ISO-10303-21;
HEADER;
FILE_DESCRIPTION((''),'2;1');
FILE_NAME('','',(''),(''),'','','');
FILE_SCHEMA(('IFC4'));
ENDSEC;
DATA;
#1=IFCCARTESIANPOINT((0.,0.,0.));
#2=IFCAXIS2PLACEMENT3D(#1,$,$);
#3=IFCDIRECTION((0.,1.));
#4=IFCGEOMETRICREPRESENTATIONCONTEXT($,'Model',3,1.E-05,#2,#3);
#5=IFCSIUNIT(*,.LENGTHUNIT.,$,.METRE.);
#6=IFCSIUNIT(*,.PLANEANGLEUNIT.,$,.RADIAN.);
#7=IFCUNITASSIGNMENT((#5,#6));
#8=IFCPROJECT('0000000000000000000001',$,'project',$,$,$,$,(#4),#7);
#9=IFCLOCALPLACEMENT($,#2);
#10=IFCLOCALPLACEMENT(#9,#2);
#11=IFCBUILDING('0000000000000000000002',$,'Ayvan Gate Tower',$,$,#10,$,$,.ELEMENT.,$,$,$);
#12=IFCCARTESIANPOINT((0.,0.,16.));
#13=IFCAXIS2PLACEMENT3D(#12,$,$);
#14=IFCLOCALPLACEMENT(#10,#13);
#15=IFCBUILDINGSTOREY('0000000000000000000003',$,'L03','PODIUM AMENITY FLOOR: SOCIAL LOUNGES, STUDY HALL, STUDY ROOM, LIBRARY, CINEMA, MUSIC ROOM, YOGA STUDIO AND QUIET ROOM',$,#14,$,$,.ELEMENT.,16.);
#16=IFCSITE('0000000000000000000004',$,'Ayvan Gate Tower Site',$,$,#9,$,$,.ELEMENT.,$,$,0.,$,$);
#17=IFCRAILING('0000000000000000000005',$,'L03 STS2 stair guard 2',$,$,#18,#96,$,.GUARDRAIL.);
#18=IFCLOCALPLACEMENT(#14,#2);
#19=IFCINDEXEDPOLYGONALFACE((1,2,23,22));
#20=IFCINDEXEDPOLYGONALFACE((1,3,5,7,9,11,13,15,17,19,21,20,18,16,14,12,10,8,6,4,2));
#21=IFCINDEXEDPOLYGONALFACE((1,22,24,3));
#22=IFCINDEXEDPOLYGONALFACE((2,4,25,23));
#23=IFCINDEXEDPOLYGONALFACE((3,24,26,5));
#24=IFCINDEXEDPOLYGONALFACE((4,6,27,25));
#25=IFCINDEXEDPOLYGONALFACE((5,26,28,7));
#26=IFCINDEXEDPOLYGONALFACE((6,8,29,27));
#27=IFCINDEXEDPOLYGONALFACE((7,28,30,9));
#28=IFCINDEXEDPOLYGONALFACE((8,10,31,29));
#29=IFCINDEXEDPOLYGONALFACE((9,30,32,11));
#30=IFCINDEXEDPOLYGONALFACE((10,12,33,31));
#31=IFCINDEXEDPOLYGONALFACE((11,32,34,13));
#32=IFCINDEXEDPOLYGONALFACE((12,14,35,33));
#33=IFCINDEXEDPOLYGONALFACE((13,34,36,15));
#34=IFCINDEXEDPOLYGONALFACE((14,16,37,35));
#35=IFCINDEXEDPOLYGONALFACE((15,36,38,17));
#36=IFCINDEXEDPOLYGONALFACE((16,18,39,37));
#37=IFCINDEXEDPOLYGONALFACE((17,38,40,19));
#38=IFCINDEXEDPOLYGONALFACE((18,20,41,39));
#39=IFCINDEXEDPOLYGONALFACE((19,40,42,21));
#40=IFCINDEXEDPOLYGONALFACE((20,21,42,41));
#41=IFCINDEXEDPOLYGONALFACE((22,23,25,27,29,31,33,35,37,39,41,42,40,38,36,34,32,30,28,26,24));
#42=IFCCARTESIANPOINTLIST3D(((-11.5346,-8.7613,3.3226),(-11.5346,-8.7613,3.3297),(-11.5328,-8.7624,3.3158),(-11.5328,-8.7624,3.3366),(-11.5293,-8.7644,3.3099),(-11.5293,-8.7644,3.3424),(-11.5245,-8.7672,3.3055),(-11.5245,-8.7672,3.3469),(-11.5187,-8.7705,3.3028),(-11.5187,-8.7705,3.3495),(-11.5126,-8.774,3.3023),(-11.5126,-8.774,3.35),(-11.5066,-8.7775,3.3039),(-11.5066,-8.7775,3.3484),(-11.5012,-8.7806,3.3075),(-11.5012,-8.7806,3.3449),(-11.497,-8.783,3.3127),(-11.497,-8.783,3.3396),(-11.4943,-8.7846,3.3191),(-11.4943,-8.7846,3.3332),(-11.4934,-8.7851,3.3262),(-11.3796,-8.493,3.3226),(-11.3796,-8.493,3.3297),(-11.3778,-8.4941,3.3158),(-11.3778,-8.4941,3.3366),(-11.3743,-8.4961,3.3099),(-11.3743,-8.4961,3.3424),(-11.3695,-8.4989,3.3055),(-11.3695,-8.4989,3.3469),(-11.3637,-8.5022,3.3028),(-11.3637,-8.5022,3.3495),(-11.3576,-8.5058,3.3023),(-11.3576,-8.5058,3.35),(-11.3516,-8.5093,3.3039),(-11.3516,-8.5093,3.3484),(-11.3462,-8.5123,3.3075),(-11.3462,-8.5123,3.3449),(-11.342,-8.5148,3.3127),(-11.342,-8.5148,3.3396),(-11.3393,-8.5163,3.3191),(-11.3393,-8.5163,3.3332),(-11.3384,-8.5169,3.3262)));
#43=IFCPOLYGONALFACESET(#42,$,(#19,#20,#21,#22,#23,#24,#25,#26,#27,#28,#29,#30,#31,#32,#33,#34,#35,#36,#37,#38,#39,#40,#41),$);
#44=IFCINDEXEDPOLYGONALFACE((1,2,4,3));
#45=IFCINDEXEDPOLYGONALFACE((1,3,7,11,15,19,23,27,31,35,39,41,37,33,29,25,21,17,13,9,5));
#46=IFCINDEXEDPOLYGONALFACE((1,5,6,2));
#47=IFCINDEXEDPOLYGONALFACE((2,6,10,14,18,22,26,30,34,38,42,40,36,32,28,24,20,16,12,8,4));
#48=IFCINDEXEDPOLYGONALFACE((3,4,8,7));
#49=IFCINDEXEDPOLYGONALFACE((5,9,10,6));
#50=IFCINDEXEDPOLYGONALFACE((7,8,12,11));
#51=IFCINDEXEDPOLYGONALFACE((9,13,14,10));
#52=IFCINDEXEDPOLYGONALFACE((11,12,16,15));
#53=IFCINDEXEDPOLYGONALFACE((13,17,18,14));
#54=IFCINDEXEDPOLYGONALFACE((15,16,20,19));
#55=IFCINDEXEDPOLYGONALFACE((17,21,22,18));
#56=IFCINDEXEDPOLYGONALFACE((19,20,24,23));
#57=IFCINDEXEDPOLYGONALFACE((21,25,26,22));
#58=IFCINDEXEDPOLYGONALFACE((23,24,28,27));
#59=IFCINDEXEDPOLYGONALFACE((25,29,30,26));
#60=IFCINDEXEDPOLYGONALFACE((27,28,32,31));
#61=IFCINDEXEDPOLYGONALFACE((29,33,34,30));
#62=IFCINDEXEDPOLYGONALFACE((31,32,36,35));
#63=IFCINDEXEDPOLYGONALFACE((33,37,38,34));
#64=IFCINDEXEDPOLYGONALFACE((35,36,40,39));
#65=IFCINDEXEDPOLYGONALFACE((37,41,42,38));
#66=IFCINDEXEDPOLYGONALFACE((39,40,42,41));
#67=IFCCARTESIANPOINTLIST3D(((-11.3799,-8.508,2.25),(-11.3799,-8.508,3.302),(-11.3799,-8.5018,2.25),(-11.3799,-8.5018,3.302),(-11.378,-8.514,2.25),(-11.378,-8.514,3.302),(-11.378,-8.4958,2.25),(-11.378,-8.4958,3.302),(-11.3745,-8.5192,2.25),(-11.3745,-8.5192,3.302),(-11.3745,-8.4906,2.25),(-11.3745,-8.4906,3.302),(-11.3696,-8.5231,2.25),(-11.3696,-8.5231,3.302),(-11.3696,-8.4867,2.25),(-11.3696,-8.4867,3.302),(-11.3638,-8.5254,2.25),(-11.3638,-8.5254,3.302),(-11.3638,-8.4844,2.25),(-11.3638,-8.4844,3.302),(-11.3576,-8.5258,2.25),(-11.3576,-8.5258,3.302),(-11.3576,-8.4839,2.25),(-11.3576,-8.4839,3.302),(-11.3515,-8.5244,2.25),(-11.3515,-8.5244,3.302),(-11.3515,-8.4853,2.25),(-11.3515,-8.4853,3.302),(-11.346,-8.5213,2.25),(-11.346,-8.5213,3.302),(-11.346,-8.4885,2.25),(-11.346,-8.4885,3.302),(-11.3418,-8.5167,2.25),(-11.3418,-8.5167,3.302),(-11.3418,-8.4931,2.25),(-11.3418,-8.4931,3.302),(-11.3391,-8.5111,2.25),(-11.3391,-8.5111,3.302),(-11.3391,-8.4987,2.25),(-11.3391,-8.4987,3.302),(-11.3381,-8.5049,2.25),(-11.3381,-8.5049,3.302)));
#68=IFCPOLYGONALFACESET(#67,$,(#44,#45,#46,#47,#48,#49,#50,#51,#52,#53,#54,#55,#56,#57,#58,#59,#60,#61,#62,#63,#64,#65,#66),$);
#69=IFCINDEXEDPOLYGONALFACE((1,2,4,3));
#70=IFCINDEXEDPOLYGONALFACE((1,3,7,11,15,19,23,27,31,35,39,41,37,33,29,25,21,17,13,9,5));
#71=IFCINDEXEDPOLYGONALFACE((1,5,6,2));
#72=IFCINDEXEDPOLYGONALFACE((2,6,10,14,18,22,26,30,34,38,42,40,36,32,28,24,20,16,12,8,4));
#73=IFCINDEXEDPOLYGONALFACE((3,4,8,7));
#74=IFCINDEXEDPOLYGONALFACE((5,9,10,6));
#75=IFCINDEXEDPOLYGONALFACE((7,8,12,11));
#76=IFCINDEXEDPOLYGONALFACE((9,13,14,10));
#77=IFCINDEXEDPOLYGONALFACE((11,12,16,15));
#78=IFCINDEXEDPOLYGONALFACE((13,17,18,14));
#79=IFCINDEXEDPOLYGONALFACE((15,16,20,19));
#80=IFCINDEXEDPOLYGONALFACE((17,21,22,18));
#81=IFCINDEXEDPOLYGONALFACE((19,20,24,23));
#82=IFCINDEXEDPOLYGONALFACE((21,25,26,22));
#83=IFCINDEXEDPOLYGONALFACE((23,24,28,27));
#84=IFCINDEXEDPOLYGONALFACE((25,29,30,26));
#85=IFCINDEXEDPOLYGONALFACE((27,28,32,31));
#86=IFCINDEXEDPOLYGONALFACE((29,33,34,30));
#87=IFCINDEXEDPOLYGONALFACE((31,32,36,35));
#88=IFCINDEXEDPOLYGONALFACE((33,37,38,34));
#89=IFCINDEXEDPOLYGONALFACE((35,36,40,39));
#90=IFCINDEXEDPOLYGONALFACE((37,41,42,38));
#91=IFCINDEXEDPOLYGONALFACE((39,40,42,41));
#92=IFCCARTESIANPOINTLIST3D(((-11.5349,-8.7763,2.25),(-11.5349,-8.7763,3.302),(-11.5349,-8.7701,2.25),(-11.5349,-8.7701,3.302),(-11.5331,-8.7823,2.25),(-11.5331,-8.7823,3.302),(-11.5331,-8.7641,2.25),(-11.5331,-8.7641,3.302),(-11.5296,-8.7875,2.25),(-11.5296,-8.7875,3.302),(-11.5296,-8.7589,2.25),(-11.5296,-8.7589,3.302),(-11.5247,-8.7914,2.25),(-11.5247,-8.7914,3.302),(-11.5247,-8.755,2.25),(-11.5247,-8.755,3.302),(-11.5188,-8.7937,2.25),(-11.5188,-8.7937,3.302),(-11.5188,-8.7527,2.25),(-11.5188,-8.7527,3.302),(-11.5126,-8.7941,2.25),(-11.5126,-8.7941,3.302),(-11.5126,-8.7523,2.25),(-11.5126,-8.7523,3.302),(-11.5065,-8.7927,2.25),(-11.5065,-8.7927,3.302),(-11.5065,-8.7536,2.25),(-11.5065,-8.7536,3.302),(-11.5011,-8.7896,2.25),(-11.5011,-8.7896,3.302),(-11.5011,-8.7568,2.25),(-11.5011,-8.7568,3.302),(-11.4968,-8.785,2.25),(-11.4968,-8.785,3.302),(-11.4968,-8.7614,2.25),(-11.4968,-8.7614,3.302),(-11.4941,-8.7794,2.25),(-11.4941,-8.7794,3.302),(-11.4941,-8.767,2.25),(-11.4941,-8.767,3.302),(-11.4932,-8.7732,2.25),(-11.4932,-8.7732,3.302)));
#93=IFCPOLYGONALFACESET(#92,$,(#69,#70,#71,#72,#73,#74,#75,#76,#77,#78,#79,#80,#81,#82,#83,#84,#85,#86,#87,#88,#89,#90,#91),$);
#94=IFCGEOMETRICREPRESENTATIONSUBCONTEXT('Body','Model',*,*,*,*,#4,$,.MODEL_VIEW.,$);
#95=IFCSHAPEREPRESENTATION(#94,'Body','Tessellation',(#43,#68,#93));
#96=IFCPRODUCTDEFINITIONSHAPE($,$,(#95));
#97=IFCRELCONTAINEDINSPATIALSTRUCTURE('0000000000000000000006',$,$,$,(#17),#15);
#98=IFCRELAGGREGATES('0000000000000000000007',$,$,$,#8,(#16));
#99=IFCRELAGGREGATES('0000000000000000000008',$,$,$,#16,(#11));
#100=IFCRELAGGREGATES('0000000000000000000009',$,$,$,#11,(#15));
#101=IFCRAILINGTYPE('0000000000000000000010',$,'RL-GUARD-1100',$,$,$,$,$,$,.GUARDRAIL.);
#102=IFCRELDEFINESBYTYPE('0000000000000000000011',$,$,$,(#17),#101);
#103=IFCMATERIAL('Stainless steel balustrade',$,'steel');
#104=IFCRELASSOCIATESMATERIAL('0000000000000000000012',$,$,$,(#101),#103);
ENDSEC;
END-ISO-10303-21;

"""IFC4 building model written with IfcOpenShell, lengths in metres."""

from ifc_helpers import new_model, si_unit, direction, frame, origin, origin_2d, place, context, subcontext, project, spatial, circle, extrude, material, type_object, element, save


model = new_model("IFC4")

# Units and contexts
model_context = context("Model", 3, precision=1e-05, world=origin(), true_north=direction((0.0, 1.0)))
body_context = subcontext(model_context, "Body", "Model", "MODEL_VIEW")
ifc_project = project(units=[si_unit("LENGTHUNIT", "METRE"), si_unit("PLANEANGLEUNIT", "RADIAN")], contexts=[model_context])

# Site, building, storey
site_placement = place(None, origin())
site = spatial("IfcSite", under=ifc_project, at=site_placement, Name="Ayvan Gate Tower Site", CompositionType="ELEMENT", RefElevation=0.0)
building_placement = place(site_placement, origin())
building = spatial("IfcBuilding", under=site, at=building_placement, Name="Ayvan Gate Tower", CompositionType="ELEMENT")
storey_placement = place(building_placement, frame((0.0, 0.0, 16.0)))
storey = spatial("IfcBuildingStorey", under=building, at=storey_placement, Name="L03", Description="PODIUM AMENITY FLOOR: SOCIAL LOUNGES, STUDY HALL, STUDY ROOM, LIBRARY, CINEMA, MUSIC ROOM, YOGA STUDIO AND QUIET ROOM", CompositionType="ELEMENT", Elevation=16.0)

# Railing
ifc_material_1 = material(Name="Stainless steel balustrade", Category="steel")
railing_type_1 = type_object("IfcRailingType", Name="RL-GUARD-1100", PredefinedType="GUARDRAIL", material=ifc_material_1)
railing_1_placement = place(storey_placement, frame((-11.3591, -8.5049, 2.25)))
element("IfcRailing", 1, at=railing_1_placement, inside=storey, type_object=railing_type_1, Name="L03 STS2 stair guard 2", PredefinedType="GUARDRAIL", context=body_context, shape_type="SweptSolid", body=[
    extrude(circle(Radius=0.0239, at=origin_2d()), frame((0.0, 0.0, 1.0762), z_axis=(-0.500291, -0.865857, 0.0), x_axis=(0.865857, -0.500291, 0.0)), (0.0, 0.0, 1.0), 0.3098),
    extrude(circle(Radius=0.021, at=origin_2d()), origin(), (0.0, 0.0, 1.0), 1.052),
    extrude(circle(Radius=0.021, at=origin_2d()), frame((-0.155, -0.2683, 0.0)), (0.0, 0.0, 1.0), 1.052),
])

save(model, "model.ifc")
